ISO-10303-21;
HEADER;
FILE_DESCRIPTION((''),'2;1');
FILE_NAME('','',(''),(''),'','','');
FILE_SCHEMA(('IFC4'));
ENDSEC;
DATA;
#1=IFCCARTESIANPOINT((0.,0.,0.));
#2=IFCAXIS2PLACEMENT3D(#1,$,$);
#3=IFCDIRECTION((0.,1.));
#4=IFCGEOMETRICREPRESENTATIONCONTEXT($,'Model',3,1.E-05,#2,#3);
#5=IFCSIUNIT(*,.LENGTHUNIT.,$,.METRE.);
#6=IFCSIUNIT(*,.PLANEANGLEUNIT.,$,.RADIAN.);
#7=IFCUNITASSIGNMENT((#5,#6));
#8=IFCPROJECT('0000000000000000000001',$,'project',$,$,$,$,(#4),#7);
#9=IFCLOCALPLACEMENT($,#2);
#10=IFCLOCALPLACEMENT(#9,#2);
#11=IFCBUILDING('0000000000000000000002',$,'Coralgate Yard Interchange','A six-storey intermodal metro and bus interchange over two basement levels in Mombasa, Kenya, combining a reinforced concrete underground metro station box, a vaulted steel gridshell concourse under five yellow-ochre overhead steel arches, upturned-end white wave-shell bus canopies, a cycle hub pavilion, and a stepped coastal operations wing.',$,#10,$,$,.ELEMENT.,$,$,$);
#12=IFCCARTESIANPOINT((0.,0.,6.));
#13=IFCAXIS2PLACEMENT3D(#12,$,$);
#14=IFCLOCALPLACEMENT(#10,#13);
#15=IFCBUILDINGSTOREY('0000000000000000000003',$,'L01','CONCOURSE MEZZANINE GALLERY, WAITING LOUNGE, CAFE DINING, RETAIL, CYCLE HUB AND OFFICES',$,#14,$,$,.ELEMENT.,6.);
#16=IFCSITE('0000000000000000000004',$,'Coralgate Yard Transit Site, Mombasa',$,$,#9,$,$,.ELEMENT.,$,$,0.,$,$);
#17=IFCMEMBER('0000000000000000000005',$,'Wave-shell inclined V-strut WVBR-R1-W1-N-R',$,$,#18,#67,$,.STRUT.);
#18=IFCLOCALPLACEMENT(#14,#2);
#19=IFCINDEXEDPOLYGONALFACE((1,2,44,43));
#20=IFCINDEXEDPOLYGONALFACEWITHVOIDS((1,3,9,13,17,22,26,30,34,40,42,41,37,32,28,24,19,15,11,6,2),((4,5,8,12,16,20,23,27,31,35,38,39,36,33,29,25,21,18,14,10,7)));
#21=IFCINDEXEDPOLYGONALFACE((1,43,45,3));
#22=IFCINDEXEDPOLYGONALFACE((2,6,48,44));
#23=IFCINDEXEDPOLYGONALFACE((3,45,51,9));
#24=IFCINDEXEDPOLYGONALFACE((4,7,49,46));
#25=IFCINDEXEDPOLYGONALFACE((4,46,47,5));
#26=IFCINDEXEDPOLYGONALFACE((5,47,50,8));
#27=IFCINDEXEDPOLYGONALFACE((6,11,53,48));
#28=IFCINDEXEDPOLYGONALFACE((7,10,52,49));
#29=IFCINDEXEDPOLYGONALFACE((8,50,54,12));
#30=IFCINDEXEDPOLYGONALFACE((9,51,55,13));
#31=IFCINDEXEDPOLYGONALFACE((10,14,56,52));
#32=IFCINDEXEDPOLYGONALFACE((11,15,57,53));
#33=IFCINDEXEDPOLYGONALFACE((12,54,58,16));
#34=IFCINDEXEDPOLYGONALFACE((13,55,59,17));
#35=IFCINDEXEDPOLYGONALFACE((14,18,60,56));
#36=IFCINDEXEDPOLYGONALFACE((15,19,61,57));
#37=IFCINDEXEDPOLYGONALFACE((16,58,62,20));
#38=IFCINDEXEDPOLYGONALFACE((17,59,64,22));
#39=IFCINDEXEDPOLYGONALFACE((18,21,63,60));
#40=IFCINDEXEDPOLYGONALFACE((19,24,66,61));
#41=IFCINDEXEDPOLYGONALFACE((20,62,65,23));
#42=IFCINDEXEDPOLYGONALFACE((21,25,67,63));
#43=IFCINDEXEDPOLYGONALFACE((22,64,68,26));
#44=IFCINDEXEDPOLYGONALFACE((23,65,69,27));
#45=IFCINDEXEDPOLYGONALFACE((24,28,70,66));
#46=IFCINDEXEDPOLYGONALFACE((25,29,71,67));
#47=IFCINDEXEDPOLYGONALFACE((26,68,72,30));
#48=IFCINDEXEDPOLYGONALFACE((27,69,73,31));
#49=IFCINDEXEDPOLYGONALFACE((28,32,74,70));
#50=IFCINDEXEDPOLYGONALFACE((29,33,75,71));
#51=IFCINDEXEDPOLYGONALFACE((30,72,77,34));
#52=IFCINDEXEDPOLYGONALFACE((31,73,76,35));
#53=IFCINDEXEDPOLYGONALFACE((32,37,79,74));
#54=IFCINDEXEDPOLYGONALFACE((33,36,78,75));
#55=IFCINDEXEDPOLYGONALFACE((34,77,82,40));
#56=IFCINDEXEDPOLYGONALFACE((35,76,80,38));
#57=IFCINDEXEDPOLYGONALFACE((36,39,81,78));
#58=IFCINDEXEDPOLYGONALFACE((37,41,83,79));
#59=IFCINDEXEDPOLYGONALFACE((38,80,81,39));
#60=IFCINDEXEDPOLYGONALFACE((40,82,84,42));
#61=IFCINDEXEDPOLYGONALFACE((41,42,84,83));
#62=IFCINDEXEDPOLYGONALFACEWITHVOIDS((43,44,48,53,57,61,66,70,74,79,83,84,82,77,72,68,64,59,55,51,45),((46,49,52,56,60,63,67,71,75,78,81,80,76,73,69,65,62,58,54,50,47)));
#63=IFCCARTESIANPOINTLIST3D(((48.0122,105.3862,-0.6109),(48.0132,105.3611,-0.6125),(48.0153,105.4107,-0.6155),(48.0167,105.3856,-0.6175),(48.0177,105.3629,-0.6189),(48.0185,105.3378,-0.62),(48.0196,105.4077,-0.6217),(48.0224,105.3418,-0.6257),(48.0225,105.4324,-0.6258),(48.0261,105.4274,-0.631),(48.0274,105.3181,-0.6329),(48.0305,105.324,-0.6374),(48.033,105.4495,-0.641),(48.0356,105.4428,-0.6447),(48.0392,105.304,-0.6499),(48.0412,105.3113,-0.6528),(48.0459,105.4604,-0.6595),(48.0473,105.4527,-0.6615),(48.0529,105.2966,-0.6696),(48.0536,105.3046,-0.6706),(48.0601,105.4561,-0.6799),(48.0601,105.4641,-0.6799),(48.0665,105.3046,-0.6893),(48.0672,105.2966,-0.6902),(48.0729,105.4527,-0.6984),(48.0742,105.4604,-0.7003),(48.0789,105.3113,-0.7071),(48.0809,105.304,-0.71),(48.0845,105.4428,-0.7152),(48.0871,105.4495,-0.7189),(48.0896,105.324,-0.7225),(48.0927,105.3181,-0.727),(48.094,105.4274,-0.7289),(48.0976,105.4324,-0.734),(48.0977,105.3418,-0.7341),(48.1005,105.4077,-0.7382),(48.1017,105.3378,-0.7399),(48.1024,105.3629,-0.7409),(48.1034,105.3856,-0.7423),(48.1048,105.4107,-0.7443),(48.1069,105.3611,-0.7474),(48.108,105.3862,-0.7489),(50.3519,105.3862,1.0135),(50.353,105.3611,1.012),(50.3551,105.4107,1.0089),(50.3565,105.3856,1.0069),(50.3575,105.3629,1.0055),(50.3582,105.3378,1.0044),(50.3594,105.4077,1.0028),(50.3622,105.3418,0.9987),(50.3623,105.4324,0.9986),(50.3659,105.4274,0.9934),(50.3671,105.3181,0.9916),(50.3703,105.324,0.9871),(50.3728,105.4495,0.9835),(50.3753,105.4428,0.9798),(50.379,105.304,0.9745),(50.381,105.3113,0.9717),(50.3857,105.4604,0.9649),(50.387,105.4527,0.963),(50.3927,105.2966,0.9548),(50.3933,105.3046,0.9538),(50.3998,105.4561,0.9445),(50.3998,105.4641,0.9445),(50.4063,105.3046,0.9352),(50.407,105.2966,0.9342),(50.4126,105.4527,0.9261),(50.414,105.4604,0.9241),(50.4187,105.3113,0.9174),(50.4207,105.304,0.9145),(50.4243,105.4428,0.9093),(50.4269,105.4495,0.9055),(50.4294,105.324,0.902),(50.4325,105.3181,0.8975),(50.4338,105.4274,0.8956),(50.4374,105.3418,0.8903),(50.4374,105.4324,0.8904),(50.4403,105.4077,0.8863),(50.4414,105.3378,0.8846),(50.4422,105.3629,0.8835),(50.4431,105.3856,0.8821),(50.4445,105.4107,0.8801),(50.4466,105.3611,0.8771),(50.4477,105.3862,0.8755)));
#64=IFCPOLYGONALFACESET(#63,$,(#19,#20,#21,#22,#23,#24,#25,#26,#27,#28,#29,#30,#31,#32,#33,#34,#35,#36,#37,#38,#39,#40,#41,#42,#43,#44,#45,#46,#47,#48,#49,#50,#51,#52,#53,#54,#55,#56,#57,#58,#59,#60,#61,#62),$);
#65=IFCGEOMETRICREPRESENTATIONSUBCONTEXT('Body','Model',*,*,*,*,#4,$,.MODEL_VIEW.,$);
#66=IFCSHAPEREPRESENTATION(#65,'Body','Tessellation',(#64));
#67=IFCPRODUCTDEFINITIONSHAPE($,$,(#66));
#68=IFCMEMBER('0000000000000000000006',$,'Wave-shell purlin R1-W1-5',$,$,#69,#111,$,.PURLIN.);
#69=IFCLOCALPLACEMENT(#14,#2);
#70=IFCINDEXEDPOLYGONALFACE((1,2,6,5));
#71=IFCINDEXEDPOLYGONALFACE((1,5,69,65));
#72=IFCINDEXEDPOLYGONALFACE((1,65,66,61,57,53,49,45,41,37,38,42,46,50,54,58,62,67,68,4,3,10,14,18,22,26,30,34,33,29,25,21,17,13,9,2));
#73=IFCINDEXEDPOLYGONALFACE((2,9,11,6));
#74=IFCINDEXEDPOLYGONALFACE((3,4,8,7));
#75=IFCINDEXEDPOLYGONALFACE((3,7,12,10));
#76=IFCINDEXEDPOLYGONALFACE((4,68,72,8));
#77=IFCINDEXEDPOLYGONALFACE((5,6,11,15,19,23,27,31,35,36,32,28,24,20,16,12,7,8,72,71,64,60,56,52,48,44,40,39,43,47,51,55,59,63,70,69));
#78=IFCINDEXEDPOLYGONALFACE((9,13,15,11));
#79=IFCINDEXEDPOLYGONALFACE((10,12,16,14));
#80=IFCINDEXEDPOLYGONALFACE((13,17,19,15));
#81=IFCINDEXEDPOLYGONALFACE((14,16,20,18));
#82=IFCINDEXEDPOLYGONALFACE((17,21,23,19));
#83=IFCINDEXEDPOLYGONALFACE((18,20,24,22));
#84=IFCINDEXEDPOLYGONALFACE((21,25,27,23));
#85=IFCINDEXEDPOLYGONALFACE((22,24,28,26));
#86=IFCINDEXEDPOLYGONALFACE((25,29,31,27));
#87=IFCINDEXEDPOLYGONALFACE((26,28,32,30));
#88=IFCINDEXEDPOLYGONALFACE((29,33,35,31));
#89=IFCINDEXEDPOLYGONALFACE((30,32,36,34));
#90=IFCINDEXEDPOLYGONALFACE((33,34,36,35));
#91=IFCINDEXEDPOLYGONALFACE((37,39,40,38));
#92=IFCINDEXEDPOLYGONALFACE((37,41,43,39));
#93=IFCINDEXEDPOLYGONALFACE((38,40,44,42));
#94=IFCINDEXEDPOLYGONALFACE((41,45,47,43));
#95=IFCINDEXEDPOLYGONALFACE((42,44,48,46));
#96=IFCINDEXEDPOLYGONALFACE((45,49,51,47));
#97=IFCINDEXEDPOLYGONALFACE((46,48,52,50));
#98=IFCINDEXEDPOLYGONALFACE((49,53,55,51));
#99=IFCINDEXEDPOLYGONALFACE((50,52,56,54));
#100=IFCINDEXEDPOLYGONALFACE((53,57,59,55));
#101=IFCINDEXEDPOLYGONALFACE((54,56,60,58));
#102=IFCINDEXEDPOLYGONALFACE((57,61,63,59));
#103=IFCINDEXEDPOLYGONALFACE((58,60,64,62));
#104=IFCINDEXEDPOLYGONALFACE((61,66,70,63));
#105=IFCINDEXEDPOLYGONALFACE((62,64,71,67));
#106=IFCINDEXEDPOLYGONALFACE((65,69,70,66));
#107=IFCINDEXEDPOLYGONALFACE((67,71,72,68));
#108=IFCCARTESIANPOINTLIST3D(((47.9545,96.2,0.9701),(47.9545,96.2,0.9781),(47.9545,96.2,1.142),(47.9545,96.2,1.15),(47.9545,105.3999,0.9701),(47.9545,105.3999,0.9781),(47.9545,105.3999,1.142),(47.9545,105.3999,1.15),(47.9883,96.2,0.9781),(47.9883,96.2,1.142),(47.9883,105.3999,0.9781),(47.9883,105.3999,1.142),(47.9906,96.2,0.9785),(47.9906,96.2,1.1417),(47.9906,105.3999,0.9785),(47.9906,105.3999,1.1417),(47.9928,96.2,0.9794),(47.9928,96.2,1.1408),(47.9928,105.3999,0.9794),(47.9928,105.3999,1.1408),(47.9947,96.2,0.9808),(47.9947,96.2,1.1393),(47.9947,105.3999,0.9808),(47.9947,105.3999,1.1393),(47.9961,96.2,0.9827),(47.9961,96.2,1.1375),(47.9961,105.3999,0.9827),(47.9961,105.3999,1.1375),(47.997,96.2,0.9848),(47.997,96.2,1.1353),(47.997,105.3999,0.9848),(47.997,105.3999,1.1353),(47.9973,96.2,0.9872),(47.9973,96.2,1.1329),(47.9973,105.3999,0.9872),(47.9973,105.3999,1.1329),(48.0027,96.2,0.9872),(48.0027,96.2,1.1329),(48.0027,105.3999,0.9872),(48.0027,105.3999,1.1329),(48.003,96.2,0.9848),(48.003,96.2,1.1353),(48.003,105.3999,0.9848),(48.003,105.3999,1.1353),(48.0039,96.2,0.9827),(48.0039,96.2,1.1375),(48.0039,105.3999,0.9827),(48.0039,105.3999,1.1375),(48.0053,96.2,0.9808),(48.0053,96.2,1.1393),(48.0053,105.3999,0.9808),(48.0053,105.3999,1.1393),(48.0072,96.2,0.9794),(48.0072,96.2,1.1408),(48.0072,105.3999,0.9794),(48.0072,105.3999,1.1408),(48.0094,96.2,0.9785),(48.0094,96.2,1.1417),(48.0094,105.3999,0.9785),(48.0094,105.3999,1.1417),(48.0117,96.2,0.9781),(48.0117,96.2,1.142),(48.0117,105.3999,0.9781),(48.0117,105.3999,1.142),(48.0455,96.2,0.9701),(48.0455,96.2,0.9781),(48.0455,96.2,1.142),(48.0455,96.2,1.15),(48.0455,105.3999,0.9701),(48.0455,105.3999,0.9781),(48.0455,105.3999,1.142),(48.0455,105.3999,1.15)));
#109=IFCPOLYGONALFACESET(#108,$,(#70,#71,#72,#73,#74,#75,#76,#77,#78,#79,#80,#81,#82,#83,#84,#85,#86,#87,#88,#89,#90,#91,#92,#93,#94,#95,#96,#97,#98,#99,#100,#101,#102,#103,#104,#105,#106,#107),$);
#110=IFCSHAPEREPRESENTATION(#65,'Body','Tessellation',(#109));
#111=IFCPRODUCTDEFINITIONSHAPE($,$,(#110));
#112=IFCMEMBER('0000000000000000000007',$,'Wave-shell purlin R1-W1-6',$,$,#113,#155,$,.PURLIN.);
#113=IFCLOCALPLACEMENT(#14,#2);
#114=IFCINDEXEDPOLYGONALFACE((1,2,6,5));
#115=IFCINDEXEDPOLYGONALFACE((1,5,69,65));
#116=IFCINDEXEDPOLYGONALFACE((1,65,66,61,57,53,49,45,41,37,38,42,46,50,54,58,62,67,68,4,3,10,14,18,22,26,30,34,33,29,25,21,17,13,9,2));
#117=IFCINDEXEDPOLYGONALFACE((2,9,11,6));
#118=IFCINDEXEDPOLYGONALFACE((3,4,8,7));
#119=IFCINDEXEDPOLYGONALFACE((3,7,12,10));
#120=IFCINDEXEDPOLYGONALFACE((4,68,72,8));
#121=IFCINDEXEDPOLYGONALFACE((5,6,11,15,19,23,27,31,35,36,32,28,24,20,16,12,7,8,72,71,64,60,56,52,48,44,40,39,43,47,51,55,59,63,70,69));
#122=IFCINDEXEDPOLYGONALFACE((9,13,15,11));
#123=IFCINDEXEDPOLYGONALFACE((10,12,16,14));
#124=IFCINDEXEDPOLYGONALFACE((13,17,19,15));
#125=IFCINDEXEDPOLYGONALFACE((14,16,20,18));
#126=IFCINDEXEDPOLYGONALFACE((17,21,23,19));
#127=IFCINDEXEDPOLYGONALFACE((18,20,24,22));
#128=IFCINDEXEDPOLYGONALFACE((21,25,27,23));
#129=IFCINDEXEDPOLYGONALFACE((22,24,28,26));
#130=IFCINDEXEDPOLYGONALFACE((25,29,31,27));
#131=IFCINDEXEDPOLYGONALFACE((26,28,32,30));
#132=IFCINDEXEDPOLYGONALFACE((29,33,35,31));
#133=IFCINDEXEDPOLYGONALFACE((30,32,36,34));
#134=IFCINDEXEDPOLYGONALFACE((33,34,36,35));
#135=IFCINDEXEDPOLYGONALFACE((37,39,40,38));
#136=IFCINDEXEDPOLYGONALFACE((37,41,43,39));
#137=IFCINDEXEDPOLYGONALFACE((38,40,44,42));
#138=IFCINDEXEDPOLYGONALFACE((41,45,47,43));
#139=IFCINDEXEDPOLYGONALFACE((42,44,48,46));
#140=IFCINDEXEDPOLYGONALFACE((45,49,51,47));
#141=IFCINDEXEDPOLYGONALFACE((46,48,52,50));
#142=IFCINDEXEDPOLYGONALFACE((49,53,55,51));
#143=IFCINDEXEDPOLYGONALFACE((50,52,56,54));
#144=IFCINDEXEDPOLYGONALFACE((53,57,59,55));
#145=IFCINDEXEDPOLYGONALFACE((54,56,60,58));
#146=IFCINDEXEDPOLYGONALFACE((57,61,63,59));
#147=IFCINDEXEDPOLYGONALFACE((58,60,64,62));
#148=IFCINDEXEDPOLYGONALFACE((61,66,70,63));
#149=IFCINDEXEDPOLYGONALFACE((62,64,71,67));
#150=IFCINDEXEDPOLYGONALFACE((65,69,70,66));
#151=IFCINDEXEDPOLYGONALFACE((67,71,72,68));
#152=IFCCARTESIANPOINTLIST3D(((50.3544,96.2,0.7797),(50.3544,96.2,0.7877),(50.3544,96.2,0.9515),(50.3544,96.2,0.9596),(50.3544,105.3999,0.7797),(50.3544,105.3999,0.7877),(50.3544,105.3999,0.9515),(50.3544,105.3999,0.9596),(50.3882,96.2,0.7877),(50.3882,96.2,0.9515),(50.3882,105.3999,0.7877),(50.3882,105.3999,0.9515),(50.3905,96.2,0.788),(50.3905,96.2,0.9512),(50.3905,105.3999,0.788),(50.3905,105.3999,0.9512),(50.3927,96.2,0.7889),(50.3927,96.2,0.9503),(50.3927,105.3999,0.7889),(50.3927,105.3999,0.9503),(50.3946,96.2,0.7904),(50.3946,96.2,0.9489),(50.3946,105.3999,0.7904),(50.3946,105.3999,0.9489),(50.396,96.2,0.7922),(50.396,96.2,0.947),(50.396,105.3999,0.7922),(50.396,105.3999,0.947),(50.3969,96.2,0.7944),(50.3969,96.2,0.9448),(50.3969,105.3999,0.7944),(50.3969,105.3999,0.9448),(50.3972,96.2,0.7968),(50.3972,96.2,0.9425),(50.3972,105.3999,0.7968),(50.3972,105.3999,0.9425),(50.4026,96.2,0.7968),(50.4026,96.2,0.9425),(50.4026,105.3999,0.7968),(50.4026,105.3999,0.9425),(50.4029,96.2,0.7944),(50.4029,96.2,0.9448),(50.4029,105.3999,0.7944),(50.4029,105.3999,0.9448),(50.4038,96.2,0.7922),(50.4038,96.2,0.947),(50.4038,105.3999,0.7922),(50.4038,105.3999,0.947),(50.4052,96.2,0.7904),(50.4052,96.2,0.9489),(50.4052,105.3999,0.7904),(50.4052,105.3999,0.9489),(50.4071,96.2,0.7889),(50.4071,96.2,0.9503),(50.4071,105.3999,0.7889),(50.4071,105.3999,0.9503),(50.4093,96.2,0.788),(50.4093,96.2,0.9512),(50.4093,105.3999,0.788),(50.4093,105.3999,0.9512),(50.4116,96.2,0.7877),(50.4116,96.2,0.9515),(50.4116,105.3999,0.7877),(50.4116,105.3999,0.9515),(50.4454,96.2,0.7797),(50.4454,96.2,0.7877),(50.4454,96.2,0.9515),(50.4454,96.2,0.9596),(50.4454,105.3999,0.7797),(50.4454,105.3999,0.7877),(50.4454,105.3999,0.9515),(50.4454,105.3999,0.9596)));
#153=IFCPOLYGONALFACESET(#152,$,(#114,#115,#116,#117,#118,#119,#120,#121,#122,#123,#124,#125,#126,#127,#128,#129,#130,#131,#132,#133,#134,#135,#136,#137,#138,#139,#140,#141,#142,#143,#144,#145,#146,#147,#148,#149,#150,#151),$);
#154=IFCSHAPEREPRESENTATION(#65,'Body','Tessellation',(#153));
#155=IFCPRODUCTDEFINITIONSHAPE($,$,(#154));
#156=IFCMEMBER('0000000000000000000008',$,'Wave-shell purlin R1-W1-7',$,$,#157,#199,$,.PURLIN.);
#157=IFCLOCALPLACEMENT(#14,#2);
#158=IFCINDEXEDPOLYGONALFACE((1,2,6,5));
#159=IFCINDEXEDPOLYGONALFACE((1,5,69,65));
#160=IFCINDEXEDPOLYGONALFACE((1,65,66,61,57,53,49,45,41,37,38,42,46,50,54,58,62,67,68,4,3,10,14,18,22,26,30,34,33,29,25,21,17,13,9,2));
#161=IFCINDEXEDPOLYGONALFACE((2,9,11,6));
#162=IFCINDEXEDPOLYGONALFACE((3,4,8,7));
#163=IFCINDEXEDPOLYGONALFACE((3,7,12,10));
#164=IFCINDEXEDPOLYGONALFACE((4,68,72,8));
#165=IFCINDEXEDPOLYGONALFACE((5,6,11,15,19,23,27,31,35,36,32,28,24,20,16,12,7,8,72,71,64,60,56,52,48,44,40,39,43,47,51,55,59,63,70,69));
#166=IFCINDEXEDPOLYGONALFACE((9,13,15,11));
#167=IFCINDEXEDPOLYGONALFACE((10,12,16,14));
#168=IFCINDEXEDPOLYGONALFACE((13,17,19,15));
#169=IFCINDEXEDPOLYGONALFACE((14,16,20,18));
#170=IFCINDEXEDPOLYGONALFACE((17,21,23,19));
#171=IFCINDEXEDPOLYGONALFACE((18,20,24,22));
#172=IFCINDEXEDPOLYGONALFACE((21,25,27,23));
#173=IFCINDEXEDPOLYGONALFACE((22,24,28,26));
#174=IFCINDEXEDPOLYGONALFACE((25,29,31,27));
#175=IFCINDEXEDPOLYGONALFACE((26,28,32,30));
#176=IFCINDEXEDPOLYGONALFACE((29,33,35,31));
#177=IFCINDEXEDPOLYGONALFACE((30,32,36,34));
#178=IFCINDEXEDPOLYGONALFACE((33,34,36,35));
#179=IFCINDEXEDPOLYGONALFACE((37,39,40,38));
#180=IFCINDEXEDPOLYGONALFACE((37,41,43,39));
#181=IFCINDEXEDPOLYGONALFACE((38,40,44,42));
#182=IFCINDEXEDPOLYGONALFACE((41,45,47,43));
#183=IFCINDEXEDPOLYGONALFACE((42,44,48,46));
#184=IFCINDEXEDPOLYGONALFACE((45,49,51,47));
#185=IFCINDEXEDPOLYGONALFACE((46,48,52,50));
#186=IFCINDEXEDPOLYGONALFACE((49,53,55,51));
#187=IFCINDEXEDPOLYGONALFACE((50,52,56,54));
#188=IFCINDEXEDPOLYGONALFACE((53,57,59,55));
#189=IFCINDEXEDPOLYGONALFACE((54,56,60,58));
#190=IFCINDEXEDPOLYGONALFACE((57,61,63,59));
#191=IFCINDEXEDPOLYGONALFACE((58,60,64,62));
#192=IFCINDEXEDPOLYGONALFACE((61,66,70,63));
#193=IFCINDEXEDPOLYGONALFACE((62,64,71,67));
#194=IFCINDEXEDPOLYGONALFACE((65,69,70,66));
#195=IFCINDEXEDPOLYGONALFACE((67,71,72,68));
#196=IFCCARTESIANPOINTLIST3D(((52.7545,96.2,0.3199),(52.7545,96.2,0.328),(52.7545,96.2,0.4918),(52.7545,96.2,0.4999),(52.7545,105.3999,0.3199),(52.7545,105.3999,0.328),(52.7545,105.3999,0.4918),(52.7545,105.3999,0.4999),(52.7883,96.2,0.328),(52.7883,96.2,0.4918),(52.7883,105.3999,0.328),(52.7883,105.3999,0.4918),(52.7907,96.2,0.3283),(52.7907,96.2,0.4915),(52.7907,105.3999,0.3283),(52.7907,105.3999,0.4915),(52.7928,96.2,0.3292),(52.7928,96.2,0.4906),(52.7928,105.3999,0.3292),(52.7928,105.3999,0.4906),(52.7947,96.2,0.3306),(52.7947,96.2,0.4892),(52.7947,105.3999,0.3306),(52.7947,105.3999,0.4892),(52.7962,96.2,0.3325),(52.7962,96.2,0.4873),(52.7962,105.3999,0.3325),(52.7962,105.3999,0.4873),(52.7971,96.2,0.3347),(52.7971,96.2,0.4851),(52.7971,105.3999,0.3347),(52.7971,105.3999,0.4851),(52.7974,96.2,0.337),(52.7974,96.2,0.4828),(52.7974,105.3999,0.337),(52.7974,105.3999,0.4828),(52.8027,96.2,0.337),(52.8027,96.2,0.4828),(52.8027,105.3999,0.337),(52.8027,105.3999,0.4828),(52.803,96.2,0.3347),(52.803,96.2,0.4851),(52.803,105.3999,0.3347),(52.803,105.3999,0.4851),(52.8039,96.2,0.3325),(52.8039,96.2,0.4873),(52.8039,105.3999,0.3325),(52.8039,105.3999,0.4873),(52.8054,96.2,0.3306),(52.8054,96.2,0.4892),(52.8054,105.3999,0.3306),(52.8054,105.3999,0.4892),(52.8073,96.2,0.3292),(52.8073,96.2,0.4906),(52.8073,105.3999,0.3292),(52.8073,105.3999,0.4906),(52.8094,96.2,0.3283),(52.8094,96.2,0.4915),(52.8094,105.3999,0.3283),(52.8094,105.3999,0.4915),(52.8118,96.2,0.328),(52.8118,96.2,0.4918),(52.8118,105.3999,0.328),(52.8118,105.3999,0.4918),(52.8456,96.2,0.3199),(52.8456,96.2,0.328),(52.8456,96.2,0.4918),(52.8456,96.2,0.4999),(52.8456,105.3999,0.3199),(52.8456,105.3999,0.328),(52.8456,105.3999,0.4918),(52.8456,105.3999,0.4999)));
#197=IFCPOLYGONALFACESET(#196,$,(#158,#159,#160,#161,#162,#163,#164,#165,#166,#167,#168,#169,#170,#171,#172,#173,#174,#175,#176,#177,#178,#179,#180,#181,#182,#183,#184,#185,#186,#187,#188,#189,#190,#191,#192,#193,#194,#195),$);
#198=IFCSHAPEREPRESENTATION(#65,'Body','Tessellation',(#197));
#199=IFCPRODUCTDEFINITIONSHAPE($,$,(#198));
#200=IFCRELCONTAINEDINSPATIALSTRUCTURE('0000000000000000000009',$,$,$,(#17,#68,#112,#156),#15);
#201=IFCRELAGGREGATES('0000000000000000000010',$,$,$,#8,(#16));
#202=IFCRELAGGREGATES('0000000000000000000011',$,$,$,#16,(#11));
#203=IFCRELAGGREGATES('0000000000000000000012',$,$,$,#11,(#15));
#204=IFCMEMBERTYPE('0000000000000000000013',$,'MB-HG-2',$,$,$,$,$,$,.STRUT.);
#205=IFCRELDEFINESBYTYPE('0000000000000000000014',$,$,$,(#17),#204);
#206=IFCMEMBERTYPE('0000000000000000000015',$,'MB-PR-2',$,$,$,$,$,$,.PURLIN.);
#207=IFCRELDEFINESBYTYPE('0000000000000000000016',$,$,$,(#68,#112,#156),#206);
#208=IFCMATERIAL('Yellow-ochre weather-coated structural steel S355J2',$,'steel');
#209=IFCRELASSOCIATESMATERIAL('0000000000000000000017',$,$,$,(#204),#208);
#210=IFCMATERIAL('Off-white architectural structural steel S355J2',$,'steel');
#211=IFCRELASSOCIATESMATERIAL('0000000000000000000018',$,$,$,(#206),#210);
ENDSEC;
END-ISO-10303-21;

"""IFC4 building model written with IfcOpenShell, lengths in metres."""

from ifc_helpers import new_model, si_unit, direction, frame, origin, origin_2d, place, context, subcontext, project, spatial, hollow_circle, i_section, extrude, material, material_profile, profile_set, type_object, element, save


model = new_model("IFC4")

# Units and contexts
model_context = context("Model", 3, precision=1e-05, world=origin(), true_north=direction((0.0, 1.0)))
body_context = subcontext(model_context, "Body", "Model", "MODEL_VIEW")
ifc_project = project(units=[si_unit("LENGTHUNIT", "METRE"), si_unit("PLANEANGLEUNIT", "RADIAN")], contexts=[model_context])

# Site, building, storey
site_placement = place(None, origin())
site = spatial("IfcSite", under=ifc_project, at=site_placement, Name="Coralgate Yard Transit Site, Mombasa", CompositionType="ELEMENT", RefElevation=0.0)
building_placement = place(site_placement, origin())
building = spatial("IfcBuilding", under=site, at=building_placement, Name="Coralgate Yard Interchange", Description="A six-storey intermodal metro and bus interchange over two basement levels in Mombasa, Kenya, combining a reinforced concrete underground metro station box, a vaulted steel gridshell concourse under five yellow-ochre overhead steel arches, upturned-end white wave-shell bus canopies, a cycle hub pavilion, and a stepped coastal operations wing.", CompositionType="ELEMENT")
storey_placement = place(building_placement, frame((0.0, 0.0, 6.0)))
storey = spatial("IfcBuildingStorey", under=building, at=storey_placement, Name="L01", Description="CONCOURSE MEZZANINE GALLERY, WAITING LOUNGE, CAFE DINING, RETAIL, CYCLE HUB AND OFFICES", CompositionType="ELEMENT", Elevation=6.0)

# Shared definitions
ifc_material_1 = material(Name="Off-white architectural structural steel S355J2", Category="steel")

# Members
ifc_material_2 = material(Name="Yellow-ochre weather-coated structural steel S355J2", Category="steel")
ifc_material_profile_1 = material_profile(ifc_material_2, hollow_circle(Radius=0.0842, WallThickness=0.0081, at=origin_2d()), Name="CHS 168.3x8")
ifc_profile_set_1 = profile_set([ifc_material_profile_1], Name="Yellow-ochre weather-coated structural steel S355J2")
member_type_1 = type_object("IfcMemberType", Name="MB-HG-2", PredefinedType="STRUT", material=ifc_profile_set_1)
member_1_placement = place(storey_placement, frame((48.0601, 105.3799, -0.6799), z_axis=(0.821432, 0.0, 0.570306), x_axis=(0.0, 1.0, 0.0)))
element("IfcMember", 1, at=member_1_placement, inside=storey, type_object=member_type_1, Name="Wave-shell inclined V-strut WVBR-R1-W1-N-R", PredefinedType="STRUT", context=body_context, shape_type="SweptSolid", body=[
    extrude(hollow_circle(Radius=0.0842, WallThickness=0.0081, at=origin_2d()), origin(), (0.0, 0.0, 1.0), 2.8484),
])
ifc_material_profile_2 = material_profile(ifc_material_1, i_section(OverallWidth=0.0911, OverallDepth=0.1799, WebThickness=0.0054, FlangeThickness=0.0081, FilletRadius=0.009, at=origin_2d()), Name="IPE 180")
ifc_profile_set_2 = profile_set([ifc_material_profile_2], Name="Off-white architectural structural steel S355J2")
member_type_2 = type_object("IfcMemberType", Name="MB-PR-2", PredefinedType="PURLIN", material=ifc_profile_set_2)
for number, where, z_axis, x_axis, name in (
    (2, (48.0, 96.2, 1.0601), (0.0, 1.0, 0.0), (-1.0, 0.0, 0.0), "Wave-shell purlin R1-W1-5"),
    (3, (50.3999, 96.2, 0.8696), (0.0, 1.0, 0.0), (-1.0, 0.0, 0.0), "Wave-shell purlin R1-W1-6"),
    (4, (52.8, 96.2, 0.4099), (0.0, 1.0, 0.0), (-1.0, 0.0, 0.0), "Wave-shell purlin R1-W1-7"),
):
    element("IfcMember", number, at=place(storey_placement, frame(where, z_axis=z_axis, x_axis=x_axis)), inside=storey, type_object=member_type_2, Name=name, PredefinedType="PURLIN", context=body_context, shape_type="SweptSolid", body=[
        extrude(i_section(OverallWidth=0.0911, OverallDepth=0.1799, WebThickness=0.0054, FlangeThickness=0.0081, FilletRadius=0.009, at=origin_2d()), origin(), (0.0, 0.0, 1.0), 9.2),
    ])

save(model, "model.ifc")
